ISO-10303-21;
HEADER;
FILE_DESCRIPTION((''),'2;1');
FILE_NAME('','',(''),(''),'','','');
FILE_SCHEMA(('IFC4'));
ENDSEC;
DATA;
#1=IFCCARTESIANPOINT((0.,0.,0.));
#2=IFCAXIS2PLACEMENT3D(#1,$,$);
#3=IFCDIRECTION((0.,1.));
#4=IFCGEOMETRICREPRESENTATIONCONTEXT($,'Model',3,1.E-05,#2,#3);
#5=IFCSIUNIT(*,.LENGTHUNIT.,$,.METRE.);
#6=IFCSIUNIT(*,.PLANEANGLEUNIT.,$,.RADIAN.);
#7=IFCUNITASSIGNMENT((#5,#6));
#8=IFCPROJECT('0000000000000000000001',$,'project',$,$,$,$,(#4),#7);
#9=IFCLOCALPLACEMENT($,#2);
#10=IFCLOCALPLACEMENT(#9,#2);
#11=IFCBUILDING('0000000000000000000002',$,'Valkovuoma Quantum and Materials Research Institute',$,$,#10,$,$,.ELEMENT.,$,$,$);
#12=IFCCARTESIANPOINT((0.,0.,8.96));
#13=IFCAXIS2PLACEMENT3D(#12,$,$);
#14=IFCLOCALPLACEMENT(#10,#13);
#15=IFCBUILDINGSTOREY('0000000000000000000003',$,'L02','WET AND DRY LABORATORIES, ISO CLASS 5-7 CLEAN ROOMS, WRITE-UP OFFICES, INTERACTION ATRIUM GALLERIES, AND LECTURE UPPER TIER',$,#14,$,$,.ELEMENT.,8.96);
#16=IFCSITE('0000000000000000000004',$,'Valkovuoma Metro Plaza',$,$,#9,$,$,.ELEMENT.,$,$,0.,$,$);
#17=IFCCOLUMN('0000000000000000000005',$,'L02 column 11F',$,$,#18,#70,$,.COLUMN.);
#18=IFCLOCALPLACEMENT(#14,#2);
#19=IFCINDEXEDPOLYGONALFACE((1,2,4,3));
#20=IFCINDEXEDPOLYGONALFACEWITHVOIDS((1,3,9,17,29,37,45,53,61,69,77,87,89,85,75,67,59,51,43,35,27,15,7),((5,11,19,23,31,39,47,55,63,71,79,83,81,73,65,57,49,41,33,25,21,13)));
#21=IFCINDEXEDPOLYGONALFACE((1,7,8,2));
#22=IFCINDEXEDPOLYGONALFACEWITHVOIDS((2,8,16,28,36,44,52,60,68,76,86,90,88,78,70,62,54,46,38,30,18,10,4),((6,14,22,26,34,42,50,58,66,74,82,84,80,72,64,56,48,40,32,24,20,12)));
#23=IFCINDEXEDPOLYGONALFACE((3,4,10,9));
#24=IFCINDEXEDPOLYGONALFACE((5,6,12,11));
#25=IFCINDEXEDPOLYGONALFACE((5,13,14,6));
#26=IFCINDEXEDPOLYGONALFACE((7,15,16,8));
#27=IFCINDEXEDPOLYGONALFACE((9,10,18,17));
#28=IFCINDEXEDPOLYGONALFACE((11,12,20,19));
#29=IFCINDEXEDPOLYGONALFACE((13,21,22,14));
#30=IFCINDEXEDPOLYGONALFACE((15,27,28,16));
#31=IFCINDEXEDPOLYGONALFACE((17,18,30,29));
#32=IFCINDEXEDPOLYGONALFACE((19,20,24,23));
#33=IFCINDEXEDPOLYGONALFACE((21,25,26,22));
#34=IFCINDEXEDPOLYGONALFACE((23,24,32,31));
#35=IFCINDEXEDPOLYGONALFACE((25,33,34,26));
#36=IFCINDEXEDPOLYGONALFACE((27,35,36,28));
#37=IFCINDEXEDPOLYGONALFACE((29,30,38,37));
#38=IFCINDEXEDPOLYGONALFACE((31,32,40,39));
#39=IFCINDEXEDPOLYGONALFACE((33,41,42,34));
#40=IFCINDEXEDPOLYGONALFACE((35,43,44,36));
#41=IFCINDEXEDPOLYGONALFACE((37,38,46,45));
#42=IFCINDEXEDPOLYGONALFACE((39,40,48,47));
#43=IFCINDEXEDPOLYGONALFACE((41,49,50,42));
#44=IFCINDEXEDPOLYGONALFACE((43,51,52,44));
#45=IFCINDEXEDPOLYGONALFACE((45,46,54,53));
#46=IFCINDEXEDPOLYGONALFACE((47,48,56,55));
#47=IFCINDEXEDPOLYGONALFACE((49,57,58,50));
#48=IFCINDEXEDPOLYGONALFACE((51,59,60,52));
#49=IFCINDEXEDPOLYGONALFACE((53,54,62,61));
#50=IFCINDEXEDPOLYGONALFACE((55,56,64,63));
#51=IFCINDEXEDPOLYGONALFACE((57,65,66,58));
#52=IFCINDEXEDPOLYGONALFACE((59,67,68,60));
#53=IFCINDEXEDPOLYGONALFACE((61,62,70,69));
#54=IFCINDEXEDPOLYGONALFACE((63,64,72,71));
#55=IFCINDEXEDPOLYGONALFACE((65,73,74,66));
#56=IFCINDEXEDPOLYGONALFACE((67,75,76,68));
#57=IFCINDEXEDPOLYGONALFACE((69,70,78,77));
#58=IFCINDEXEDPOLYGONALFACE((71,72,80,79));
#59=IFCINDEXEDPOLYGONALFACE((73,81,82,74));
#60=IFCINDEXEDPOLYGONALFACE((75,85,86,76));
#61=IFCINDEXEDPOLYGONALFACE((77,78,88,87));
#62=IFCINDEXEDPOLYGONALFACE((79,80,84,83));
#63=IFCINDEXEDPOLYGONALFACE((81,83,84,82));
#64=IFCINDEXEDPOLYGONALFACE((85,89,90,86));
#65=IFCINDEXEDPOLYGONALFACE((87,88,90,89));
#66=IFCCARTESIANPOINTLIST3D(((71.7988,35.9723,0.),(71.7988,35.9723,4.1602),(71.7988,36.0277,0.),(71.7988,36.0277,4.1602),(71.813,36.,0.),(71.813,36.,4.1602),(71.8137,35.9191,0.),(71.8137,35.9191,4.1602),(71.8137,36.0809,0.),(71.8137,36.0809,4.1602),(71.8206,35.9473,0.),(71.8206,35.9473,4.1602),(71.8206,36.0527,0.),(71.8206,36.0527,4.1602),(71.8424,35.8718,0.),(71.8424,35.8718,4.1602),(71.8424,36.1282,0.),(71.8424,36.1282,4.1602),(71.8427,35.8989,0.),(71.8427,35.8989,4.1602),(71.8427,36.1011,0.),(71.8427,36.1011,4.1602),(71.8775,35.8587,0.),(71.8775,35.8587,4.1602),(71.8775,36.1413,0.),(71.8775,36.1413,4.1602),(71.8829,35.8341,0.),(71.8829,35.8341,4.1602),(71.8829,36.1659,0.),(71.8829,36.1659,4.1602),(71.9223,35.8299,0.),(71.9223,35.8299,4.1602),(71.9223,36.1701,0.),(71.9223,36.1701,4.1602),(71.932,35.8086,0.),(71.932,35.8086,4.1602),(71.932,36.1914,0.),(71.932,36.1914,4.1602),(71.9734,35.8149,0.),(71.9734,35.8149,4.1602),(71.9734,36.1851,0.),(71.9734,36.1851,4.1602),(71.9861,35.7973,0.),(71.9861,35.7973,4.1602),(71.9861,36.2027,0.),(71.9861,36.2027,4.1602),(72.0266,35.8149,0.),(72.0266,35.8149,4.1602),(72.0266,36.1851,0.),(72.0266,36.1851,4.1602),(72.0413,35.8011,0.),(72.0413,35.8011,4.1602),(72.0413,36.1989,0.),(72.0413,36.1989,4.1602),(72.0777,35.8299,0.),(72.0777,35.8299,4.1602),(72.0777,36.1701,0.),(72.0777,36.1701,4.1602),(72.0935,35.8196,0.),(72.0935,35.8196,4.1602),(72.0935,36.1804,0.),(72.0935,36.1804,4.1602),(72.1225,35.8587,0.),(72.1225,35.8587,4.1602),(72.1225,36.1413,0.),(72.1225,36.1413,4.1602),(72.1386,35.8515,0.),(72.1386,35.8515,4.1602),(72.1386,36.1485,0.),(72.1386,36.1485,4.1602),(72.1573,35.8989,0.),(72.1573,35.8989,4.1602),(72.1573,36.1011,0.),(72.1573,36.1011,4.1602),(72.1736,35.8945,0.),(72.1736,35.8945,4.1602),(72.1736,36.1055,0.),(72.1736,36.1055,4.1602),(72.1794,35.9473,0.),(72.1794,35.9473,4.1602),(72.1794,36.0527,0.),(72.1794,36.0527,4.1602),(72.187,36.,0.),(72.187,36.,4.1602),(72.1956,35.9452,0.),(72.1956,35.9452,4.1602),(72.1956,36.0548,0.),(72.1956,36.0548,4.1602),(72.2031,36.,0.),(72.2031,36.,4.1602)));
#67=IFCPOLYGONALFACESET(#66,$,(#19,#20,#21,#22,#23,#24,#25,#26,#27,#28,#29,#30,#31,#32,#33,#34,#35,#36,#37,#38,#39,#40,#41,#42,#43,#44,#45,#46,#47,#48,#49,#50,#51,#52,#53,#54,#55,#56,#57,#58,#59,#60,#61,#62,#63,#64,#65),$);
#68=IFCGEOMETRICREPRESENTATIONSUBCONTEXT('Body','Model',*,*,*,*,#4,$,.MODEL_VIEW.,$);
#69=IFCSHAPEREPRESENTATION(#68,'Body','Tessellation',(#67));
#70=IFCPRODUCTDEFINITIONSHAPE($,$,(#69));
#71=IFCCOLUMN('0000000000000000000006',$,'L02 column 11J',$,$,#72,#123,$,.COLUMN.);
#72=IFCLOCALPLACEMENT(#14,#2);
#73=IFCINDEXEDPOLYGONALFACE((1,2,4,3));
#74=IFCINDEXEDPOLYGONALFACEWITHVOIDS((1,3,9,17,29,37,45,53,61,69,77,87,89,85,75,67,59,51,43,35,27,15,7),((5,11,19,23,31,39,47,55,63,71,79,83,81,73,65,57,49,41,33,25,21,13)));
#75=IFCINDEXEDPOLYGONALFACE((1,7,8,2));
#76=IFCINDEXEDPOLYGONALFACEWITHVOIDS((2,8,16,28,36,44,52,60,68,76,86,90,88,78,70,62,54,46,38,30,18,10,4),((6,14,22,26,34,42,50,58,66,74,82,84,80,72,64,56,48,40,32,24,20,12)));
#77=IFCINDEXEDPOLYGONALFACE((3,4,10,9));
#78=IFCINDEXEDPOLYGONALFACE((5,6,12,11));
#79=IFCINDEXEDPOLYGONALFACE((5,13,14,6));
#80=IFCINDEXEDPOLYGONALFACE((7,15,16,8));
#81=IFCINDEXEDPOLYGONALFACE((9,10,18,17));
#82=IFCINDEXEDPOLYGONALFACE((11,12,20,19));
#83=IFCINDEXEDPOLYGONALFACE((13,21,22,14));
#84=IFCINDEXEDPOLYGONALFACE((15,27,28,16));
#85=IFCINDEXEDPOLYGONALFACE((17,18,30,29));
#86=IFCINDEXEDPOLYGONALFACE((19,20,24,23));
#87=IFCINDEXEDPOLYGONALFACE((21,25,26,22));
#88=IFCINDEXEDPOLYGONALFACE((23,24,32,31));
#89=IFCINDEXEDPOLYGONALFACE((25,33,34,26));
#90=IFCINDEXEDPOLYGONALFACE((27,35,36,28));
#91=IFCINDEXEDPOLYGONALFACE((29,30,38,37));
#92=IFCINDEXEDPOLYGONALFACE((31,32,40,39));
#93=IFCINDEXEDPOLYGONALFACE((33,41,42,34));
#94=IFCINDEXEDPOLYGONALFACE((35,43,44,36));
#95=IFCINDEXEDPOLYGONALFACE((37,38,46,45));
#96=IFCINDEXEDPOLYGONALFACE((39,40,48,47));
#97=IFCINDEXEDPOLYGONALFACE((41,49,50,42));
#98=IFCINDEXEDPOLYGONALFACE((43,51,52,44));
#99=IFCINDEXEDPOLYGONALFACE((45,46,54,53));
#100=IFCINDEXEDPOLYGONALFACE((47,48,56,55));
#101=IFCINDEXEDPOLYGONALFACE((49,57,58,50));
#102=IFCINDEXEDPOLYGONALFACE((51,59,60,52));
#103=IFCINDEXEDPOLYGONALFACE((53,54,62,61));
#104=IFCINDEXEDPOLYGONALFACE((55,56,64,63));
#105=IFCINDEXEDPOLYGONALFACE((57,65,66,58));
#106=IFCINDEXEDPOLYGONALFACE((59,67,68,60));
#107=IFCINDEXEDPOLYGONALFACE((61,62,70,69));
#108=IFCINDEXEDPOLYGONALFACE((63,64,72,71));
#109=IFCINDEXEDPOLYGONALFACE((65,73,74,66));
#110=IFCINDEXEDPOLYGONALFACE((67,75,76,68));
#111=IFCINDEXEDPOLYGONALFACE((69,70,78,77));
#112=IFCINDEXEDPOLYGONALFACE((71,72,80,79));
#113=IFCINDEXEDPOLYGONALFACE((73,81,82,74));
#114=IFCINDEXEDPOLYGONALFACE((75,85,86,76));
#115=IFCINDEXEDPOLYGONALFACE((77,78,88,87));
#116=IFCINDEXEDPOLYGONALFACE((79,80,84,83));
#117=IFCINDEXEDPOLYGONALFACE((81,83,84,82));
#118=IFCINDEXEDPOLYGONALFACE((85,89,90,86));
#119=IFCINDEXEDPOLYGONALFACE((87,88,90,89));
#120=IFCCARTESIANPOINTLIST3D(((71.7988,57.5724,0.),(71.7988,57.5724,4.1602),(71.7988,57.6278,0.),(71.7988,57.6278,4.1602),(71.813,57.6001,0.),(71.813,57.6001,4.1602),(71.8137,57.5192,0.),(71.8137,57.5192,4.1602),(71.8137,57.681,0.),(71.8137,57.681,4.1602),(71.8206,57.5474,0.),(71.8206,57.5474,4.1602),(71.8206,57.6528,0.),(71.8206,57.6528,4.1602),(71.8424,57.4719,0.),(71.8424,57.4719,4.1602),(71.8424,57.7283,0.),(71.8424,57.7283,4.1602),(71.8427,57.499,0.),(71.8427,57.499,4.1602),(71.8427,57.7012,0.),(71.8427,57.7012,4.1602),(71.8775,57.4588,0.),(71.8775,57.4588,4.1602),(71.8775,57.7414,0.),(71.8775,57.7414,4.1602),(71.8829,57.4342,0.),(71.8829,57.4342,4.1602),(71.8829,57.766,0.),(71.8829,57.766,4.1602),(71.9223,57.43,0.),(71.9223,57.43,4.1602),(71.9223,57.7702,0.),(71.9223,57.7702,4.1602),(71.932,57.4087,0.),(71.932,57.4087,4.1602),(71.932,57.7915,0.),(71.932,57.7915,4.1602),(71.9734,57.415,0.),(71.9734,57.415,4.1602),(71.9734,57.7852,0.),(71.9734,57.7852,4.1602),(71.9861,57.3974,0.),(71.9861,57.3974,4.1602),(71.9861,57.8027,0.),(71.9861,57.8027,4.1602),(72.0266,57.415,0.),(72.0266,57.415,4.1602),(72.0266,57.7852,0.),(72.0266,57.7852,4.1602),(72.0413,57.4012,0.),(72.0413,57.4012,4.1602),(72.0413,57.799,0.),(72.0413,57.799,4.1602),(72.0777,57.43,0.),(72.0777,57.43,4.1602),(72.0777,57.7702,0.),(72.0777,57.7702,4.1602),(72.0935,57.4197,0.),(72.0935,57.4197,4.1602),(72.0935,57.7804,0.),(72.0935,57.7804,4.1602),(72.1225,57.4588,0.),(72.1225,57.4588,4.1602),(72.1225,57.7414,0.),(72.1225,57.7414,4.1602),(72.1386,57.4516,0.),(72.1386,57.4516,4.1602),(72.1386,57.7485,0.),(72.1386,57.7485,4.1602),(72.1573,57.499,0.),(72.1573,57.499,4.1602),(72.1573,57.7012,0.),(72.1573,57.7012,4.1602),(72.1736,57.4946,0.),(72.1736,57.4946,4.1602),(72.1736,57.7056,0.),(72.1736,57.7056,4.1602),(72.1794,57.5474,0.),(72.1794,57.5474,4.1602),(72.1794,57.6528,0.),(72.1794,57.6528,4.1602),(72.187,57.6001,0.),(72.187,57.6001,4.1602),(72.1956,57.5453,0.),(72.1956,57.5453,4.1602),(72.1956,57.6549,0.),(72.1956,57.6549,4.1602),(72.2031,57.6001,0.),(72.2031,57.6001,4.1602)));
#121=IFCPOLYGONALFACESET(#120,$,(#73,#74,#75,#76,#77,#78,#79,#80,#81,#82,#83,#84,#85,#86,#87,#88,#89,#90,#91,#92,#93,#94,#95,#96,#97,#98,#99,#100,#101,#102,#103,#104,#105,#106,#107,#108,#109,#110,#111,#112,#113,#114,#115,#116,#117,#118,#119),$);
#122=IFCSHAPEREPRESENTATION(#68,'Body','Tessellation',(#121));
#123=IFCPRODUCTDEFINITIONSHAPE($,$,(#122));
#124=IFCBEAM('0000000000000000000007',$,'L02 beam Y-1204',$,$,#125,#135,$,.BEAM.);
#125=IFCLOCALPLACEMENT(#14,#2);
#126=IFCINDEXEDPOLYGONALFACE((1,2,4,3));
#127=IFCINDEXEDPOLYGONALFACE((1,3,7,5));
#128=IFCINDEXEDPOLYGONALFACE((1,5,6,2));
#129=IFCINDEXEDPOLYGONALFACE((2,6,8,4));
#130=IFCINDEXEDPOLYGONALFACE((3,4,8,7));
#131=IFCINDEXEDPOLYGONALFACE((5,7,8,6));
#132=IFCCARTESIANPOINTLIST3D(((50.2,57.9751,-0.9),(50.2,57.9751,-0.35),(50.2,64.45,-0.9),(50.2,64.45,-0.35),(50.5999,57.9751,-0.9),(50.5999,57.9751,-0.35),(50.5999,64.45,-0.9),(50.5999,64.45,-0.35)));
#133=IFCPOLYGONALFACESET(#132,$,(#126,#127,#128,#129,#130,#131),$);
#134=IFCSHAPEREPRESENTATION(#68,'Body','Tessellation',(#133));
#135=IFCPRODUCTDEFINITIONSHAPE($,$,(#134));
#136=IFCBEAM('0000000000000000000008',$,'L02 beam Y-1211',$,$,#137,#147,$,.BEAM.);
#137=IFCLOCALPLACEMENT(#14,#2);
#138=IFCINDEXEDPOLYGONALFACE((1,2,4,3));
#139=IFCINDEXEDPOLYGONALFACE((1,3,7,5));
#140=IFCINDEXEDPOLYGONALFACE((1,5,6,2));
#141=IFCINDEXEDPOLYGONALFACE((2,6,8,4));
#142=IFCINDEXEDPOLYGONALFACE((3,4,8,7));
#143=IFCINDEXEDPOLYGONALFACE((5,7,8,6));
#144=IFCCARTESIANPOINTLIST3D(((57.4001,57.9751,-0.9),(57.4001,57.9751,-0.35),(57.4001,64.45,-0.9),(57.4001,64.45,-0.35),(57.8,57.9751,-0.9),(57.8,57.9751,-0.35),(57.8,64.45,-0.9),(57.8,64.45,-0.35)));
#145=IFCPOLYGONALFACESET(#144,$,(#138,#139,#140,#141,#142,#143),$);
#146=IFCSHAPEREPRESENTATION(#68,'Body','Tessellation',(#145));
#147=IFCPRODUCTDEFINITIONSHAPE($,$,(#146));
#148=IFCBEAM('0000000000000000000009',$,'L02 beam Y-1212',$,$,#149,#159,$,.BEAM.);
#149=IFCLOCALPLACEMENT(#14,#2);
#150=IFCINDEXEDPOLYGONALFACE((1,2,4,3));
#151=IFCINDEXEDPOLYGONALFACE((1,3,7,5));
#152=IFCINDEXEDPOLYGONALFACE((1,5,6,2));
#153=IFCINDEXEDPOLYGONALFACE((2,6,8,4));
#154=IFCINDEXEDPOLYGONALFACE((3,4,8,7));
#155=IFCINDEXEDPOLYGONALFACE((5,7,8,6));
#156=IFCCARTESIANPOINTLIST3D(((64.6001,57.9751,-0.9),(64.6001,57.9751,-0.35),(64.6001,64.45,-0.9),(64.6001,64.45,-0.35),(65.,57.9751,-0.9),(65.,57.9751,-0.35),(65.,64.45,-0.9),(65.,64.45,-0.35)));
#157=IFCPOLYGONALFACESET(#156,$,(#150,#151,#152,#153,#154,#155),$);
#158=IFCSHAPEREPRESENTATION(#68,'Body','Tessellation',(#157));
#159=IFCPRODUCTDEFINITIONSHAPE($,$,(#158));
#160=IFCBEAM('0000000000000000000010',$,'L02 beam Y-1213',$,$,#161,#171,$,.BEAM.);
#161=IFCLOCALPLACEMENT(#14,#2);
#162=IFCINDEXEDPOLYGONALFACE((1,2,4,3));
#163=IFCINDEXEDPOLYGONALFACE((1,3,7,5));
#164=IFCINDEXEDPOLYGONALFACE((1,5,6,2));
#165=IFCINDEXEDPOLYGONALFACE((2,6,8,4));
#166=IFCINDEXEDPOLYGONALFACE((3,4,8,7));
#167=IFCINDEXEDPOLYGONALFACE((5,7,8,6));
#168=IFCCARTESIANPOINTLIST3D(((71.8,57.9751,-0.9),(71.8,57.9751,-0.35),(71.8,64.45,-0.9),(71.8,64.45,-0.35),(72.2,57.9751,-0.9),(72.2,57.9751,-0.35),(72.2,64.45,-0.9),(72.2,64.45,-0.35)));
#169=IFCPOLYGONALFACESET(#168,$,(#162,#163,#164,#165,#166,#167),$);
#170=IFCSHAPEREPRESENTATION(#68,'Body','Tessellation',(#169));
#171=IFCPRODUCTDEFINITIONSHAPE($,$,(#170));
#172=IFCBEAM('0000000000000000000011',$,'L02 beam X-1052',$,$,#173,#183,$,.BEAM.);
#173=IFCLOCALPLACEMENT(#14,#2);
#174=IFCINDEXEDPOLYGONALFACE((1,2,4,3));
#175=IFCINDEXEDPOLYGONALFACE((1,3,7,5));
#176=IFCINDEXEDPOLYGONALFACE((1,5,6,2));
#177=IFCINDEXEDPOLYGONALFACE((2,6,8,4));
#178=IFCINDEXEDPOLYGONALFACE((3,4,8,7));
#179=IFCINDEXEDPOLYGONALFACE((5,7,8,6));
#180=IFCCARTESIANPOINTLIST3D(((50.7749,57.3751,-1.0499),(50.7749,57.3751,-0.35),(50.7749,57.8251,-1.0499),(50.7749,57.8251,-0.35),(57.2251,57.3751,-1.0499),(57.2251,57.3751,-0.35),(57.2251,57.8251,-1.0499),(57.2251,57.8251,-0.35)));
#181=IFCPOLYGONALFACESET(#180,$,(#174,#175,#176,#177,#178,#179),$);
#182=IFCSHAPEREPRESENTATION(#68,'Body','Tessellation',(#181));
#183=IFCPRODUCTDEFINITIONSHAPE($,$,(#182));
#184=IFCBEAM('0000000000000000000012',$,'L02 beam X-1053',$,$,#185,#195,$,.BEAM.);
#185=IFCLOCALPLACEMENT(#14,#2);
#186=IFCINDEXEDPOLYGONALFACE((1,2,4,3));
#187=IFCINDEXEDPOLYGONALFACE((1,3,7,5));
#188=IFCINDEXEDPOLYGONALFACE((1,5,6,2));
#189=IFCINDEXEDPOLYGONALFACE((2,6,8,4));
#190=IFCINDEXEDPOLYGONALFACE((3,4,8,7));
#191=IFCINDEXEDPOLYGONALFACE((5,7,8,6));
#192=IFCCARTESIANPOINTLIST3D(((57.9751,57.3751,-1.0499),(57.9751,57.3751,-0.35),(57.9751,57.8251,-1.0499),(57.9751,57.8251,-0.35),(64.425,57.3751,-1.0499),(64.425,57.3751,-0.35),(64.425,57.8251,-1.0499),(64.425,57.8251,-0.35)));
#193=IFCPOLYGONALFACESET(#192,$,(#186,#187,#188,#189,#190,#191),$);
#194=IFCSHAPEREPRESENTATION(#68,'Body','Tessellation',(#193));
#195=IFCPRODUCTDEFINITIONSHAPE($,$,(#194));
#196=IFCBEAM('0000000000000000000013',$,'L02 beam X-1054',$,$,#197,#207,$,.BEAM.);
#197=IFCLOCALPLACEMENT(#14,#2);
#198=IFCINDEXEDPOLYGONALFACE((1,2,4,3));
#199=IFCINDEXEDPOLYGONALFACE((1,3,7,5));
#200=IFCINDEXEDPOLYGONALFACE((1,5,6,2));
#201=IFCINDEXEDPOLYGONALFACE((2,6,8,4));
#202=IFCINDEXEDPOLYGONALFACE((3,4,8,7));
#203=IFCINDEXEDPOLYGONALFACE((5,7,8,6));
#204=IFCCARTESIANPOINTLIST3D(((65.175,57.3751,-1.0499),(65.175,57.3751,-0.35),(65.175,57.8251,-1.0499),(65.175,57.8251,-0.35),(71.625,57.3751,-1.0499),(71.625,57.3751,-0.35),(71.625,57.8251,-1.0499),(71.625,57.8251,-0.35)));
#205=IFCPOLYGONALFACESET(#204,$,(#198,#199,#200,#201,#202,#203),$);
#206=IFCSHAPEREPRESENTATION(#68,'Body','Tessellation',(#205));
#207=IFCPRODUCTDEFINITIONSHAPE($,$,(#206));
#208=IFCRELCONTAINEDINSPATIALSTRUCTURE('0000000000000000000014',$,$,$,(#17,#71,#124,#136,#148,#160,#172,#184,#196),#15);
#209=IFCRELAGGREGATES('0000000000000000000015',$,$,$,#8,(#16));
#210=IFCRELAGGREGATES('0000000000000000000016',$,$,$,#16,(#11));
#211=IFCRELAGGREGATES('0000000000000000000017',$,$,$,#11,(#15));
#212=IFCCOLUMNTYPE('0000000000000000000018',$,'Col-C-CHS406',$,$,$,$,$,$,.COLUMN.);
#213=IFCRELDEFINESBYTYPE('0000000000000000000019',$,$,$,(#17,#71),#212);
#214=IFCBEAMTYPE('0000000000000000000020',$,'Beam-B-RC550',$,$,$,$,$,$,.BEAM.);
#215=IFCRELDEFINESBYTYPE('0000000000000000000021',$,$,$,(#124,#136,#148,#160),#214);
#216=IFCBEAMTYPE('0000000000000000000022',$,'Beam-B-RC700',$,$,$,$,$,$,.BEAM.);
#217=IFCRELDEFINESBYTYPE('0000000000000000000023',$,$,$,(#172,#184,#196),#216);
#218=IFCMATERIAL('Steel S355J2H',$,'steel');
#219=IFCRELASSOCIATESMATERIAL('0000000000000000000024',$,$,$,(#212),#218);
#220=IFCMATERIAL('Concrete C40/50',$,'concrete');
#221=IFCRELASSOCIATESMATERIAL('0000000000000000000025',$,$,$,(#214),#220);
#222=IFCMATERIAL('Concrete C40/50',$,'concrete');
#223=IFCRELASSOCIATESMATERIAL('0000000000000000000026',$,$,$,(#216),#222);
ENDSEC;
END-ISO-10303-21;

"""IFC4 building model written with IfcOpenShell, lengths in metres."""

from ifc_helpers import new_model, si_unit, direction, frame, origin, origin_2d, place, context, subcontext, project, spatial, rectangle, hollow_circle, extrude, material, material_profile, profile_set, type_object, element, save


model = new_model("IFC4")

# Units and contexts
model_context = context("Model", 3, precision=1e-05, world=origin(), true_north=direction((0.0, 1.0)))
body_context = subcontext(model_context, "Body", "Model", "MODEL_VIEW")
ifc_project = project(units=[si_unit("LENGTHUNIT", "METRE"), si_unit("PLANEANGLEUNIT", "RADIAN")], contexts=[model_context])

# Site, building, storey
site_placement = place(None, origin())
site = spatial("IfcSite", under=ifc_project, at=site_placement, Name="Valkovuoma Metro Plaza", CompositionType="ELEMENT", RefElevation=0.0)
building_placement = place(site_placement, origin())
building = spatial("IfcBuilding", under=site, at=building_placement, Name="Valkovuoma Quantum and Materials Research Institute", CompositionType="ELEMENT")
storey_placement = place(building_placement, frame((0.0, 0.0, 8.96)))
storey = spatial("IfcBuildingStorey", under=building, at=storey_placement, Name="L02", Description="WET AND DRY LABORATORIES, ISO CLASS 5-7 CLEAN ROOMS, WRITE-UP OFFICES, INTERACTION ATRIUM GALLERIES, AND LECTURE UPPER TIER", CompositionType="ELEMENT", Elevation=8.96)

# Columns
ifc_material_1 = material(Name="Steel S355J2H", Category="steel")
ifc_material_profile_1 = material_profile(ifc_material_1, hollow_circle(Radius=0.2031, WallThickness=0.0161, at=origin_2d()), Name="Steel S355J2H")
ifc_profile_set_1 = profile_set([ifc_material_profile_1], Name="Steel S355J2H")
column_type = type_object("IfcColumnType", Name="Col-C-CHS406", PredefinedType="COLUMN", material=ifc_profile_set_1)
for number, where, z_axis, x_axis, name in (
    (1, (72.0, 36.0, 0.0), (0.0, 0.0, 1.0), (1.0, 0.0, 0.0), "L02 column 11F"),
    (2, (72.0, 57.6001, 0.0), (0.0, 0.0, 1.0), (1.0, 0.0, 0.0), "L02 column 11J"),
):
    element("IfcColumn", number, at=place(storey_placement, frame(where, z_axis=z_axis, x_axis=x_axis)), inside=storey, type_object=column_type, Name=name, PredefinedType="COLUMN", context=body_context, shape_type="SweptSolid", body=[
        extrude(hollow_circle(Radius=0.2031, WallThickness=0.0161, at=origin_2d()), origin(), (0.0, 0.0, 1.0), 4.1602),
    ])

# Beams
ifc_material_2 = material(Name="Concrete C40/50", Category="concrete")
ifc_material_profile_2 = material_profile(ifc_material_2, rectangle(XDim=0.3999, YDim=0.55, at=origin_2d()), Name="Concrete C40/50")
ifc_profile_set_2 = profile_set([ifc_material_profile_2], Name="Concrete C40/50")
beam_type_1 = type_object("IfcBeamType", Name="Beam-B-RC550", PredefinedType="BEAM", material=ifc_profile_set_2)
for number, where, z_axis, x_axis, name in (
    (3, (50.3999, 57.9751, -0.625), (0.0, 1.0, 0.0), (-1.0, 0.0, 0.0), "L02 beam Y-1204"),
    (4, (57.6001, 57.9751, -0.625), (0.0, 1.0, 0.0), (-1.0, 0.0, 0.0), "L02 beam Y-1211"),
    (5, (64.8, 57.9751, -0.625), (0.0, 1.0, 0.0), (-1.0, 0.0, 0.0), "L02 beam Y-1212"),
    (6, (72.0, 57.9751, -0.625), (0.0, 1.0, 0.0), (-1.0, 0.0, 0.0), "L02 beam Y-1213"),
):
    element("IfcBeam", number, at=place(storey_placement, frame(where, z_axis=z_axis, x_axis=x_axis)), inside=storey, type_object=beam_type_1, Name=name, PredefinedType="BEAM", context=body_context, shape_type="SweptSolid", body=[
        extrude(rectangle(XDim=0.3999, YDim=0.55, at=origin_2d()), origin(), (0.0, 0.0, 1.0), 6.4749),
    ])
ifc_material_3 = material(Name="Concrete C40/50", Category="concrete")
ifc_material_profile_3 = material_profile(ifc_material_3, rectangle(XDim=0.45, YDim=0.7, at=origin_2d()), Name="Concrete C40/50")
ifc_profile_set_3 = profile_set([ifc_material_profile_3], Name="Concrete C40/50")
beam_type_2 = type_object("IfcBeamType", Name="Beam-B-RC700", PredefinedType="BEAM", material=ifc_profile_set_3)
beam_1_placement = place(storey_placement, frame((50.7749, 57.6001, -0.7), z_axis=(1.0, 0.0, 0.0), x_axis=(0.0, 1.0, 0.0)))
element("IfcBeam", 7, at=beam_1_placement, inside=storey, type_object=beam_type_2, Name="L02 beam X-1052", PredefinedType="BEAM", context=body_context, shape_type="SweptSolid", body=[
    extrude(rectangle(XDim=0.45, YDim=0.7, at=origin_2d()), origin(), (0.0, 0.0, 1.0), 6.4502),
])
for number, where, z_axis, x_axis, name in (
    (8, (57.9751, 57.6001, -0.7), (1.0, 0.0, 0.0), (0.0, 1.0, 0.0), "L02 beam X-1053"),
    (9, (65.175, 57.6001, -0.7), (1.0, 0.0, 0.0), (0.0, 1.0, 0.0), "L02 beam X-1054"),
):
    element("IfcBeam", number, at=place(storey_placement, frame(where, z_axis=z_axis, x_axis=x_axis)), inside=storey, type_object=beam_type_2, Name=name, PredefinedType="BEAM", context=body_context, shape_type="SweptSolid", body=[
        extrude(rectangle(XDim=0.45, YDim=0.7, at=origin_2d()), origin(), (0.0, 0.0, 1.0), 6.45),
    ])

save(model, "model.ifc")
